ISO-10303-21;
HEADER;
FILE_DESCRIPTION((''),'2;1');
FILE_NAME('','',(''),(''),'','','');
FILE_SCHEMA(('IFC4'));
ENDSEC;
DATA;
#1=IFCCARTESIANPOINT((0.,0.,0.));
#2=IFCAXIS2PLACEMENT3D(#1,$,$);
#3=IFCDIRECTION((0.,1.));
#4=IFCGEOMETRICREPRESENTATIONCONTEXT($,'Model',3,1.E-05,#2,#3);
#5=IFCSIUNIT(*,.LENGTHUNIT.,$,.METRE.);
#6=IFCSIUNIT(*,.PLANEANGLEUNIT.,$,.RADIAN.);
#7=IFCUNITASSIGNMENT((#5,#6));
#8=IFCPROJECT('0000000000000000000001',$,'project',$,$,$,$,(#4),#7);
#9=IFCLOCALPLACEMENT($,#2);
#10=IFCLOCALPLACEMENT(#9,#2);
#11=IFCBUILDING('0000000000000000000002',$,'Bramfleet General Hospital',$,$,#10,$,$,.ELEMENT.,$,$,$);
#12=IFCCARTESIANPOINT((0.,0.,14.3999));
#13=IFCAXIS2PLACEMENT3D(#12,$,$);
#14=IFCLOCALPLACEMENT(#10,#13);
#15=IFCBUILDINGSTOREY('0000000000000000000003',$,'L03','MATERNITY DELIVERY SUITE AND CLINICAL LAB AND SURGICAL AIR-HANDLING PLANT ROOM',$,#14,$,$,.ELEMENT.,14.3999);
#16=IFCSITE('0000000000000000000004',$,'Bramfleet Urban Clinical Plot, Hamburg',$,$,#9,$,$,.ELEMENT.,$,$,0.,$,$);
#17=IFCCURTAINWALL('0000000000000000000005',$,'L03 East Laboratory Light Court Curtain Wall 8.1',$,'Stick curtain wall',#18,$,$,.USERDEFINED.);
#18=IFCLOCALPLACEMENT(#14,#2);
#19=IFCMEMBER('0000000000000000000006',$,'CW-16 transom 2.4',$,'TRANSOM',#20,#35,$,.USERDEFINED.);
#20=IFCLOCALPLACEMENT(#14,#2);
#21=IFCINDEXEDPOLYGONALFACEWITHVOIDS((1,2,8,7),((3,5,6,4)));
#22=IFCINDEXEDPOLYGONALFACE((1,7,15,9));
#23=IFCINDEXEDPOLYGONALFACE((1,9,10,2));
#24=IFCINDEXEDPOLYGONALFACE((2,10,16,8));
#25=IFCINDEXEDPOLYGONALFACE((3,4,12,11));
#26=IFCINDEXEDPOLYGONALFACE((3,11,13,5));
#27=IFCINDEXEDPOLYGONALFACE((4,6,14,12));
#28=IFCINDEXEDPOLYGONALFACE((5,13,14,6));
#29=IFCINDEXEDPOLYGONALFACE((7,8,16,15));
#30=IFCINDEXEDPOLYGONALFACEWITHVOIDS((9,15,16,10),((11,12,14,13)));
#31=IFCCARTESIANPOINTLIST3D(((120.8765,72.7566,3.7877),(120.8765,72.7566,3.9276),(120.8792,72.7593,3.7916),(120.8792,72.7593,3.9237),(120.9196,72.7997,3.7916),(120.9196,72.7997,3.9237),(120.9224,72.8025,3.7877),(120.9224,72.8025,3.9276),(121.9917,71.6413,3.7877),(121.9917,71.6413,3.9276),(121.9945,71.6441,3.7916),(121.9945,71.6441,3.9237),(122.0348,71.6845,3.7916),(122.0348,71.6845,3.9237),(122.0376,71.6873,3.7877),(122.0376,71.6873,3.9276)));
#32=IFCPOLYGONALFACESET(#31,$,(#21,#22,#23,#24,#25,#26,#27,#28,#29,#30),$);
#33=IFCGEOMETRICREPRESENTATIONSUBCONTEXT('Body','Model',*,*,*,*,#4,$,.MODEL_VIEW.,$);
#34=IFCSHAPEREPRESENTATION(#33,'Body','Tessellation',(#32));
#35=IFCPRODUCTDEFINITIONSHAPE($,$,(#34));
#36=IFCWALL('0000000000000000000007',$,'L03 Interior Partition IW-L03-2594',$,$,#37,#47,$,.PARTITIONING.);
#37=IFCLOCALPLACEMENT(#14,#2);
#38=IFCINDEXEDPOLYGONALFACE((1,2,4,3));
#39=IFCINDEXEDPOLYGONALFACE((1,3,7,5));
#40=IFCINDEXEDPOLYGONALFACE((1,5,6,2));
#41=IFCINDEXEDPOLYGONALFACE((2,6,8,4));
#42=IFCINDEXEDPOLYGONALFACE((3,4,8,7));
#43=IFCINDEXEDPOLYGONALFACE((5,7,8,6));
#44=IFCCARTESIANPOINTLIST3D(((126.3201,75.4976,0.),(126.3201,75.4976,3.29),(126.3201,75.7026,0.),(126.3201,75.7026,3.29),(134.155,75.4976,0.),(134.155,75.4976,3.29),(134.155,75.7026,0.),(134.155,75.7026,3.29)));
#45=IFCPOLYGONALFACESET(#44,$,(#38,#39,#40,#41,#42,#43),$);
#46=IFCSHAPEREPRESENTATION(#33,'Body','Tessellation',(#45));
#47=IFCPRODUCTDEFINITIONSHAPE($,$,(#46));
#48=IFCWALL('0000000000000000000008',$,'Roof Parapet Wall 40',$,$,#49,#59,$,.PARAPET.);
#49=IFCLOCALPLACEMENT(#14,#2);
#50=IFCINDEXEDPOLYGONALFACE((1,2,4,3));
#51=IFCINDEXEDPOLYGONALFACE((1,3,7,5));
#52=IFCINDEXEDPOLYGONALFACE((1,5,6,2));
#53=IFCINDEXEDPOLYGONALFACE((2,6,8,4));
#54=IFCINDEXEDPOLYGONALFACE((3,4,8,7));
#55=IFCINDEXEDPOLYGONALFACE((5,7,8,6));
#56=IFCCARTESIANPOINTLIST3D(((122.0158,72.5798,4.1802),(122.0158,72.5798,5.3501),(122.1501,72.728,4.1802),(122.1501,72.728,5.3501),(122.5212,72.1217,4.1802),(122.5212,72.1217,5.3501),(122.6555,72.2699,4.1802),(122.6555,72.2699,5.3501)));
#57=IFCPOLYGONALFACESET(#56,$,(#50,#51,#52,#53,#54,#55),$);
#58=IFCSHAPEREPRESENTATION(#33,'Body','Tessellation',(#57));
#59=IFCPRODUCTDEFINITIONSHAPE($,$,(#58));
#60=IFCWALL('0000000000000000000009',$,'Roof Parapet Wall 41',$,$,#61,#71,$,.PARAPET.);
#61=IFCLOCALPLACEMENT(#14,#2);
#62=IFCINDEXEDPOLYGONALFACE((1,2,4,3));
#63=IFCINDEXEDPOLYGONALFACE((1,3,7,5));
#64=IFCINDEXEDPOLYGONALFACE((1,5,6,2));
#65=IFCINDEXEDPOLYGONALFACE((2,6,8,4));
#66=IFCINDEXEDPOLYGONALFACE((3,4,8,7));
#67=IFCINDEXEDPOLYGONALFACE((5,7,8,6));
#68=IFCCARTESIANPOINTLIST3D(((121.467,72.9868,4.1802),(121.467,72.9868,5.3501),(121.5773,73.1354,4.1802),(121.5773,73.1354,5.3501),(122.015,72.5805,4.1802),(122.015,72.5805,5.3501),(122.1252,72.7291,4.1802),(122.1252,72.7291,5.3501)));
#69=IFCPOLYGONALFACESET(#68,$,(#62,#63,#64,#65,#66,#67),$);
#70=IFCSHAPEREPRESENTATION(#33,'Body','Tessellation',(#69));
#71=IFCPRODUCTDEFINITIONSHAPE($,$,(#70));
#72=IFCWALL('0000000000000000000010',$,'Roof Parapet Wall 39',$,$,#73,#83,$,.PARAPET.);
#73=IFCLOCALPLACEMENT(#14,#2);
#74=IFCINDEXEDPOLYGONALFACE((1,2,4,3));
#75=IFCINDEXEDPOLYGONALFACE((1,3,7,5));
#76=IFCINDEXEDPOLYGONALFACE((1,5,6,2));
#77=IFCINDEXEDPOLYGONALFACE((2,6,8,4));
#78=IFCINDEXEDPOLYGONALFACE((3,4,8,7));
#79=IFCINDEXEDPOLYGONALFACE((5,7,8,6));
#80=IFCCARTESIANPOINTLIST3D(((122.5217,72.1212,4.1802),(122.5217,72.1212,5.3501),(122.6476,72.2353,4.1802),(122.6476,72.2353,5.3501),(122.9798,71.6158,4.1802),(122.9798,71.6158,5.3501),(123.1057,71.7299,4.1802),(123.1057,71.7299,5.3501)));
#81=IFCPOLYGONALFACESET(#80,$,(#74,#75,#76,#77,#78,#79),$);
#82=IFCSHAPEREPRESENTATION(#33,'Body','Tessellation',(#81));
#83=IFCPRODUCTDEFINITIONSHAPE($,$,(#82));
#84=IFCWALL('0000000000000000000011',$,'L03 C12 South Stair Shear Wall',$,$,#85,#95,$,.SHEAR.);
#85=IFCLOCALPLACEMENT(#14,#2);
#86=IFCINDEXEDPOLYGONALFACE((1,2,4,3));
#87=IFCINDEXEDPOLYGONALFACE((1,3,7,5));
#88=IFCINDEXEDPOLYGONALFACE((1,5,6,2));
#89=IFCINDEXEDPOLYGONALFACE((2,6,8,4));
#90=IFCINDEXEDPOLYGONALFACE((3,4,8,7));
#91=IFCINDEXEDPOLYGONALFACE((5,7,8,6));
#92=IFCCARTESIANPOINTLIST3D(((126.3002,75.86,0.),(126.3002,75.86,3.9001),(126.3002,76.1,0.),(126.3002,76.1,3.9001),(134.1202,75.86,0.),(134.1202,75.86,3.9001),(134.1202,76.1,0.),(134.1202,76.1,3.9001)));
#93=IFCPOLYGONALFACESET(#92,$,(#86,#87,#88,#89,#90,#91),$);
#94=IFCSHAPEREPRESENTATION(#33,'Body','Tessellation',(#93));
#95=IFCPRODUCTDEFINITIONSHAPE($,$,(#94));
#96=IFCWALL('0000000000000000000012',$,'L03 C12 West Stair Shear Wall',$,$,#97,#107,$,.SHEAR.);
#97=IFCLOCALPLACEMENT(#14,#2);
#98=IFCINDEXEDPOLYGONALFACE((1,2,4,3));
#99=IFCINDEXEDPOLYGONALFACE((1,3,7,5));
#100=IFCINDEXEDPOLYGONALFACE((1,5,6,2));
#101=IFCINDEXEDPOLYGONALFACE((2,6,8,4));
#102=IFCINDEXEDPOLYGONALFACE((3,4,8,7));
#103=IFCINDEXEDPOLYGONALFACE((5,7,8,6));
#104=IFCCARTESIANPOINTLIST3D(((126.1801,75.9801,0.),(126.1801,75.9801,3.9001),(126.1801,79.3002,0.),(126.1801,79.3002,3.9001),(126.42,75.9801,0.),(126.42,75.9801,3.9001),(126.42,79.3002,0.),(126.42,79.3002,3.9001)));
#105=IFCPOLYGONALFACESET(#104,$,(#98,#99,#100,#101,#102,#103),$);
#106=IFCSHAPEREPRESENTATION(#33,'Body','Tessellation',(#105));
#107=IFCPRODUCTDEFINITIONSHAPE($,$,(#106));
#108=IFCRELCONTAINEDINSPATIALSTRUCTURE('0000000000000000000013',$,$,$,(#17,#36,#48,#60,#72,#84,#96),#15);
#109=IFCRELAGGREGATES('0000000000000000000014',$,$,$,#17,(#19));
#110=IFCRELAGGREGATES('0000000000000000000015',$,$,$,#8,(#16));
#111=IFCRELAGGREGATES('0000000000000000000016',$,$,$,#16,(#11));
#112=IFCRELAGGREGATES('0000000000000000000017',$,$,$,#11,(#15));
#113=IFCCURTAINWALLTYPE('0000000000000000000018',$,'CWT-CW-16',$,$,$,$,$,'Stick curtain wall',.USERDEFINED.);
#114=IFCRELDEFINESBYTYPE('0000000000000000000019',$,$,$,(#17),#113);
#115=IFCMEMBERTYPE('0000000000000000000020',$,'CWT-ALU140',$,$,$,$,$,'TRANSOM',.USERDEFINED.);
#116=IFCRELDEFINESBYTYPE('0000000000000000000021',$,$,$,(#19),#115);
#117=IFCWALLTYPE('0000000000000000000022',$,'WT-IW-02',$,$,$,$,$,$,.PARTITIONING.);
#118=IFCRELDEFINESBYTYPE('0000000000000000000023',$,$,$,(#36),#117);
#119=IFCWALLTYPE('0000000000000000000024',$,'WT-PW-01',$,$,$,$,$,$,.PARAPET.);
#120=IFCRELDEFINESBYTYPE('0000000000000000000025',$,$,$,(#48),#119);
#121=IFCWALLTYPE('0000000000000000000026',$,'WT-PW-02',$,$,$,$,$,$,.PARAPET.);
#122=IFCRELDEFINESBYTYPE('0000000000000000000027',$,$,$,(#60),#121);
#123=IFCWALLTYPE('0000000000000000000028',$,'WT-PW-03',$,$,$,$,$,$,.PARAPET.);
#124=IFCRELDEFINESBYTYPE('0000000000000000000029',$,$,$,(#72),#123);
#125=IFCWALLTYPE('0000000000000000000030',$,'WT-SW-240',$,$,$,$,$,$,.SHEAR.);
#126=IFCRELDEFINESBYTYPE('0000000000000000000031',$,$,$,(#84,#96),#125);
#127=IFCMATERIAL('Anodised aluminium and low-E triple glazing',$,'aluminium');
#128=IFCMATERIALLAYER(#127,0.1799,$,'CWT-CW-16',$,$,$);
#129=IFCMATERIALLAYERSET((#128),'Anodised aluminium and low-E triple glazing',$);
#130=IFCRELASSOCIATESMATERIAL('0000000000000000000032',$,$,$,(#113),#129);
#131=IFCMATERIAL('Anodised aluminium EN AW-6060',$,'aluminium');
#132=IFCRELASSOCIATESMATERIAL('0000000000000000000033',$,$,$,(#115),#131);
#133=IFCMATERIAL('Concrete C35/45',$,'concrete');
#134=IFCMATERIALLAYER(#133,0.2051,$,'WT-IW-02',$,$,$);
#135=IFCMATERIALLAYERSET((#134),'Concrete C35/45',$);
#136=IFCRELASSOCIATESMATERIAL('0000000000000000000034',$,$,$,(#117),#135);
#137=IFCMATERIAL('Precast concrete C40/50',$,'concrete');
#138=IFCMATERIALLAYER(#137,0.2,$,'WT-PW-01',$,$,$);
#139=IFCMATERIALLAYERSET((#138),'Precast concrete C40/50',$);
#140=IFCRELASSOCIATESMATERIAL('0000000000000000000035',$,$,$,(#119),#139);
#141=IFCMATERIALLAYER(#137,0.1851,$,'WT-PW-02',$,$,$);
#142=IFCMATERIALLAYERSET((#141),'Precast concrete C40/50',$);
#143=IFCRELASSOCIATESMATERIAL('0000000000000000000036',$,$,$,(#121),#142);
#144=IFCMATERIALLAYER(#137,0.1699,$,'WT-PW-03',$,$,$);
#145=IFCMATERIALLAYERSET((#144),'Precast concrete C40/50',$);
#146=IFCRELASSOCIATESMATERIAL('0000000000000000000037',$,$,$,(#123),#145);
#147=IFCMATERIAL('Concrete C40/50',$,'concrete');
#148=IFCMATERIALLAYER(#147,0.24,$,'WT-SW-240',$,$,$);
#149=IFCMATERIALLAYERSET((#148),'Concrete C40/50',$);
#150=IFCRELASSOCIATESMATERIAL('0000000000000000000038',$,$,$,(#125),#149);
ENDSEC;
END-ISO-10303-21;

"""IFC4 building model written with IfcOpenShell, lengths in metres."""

from ifc_helpers import new_model, si_unit, direction, frame, frame_2d, origin, origin_2d, place, context, subcontext, project, spatial, rectangle, hollow_rectangle, extrude, material, layer, layer_set, material_profile, profile_set, type_object, element, aggregate, save


model = new_model("IFC4")

# Units and contexts
model_context = context("Model", 3, precision=1e-05, world=origin(), true_north=direction((0.0, 1.0)))
body_context = subcontext(model_context, "Body", "Model", "MODEL_VIEW")
ifc_project = project(units=[si_unit("LENGTHUNIT", "METRE"), si_unit("PLANEANGLEUNIT", "RADIAN")], contexts=[model_context])

# Site, building, storey
site_placement = place(None, origin())
site = spatial("IfcSite", under=ifc_project, at=site_placement, Name="Bramfleet Urban Clinical Plot, Hamburg", CompositionType="ELEMENT", RefElevation=0.0)
building_placement = place(site_placement, origin())
building = spatial("IfcBuilding", under=site, at=building_placement, Name="Bramfleet General Hospital", CompositionType="ELEMENT")
storey_placement = place(building_placement, frame((0.0, 0.0, 14.3999)))
storey = spatial("IfcBuildingStorey", under=building, at=storey_placement, Name="L03", Description="MATERNITY DELIVERY SUITE AND CLINICAL LAB AND SURGICAL AIR-HANDLING PLANT ROOM", CompositionType="ELEMENT", Elevation=14.3999)

# Shared definitions
ifc_material_1 = material(Name="Concrete C40/50", Category="concrete")

# Shared definitions
ifc_material_2 = material(Name="Concrete C35/45", Category="concrete")

# Curtain wall, member
ifc_material_3 = material(Name="Anodised aluminium and low-E triple glazing", Category="aluminium")
ifc_layer_1 = layer(ifc_material_3, 0.1799, Name="CWT-CW-16")
ifc_layer_set_1 = layer_set([ifc_layer_1], Name="Anodised aluminium and low-E triple glazing")
curtain_wall_type = type_object("IfcCurtainWallType", Name="CWT-CW-16", ElementType="Stick curtain wall", PredefinedType="USERDEFINED", material=ifc_layer_set_1)
curtain_wall_placement = place(storey_placement, origin())
curtain_wall = element("IfcCurtainWall", 1, at=curtain_wall_placement, inside=storey, type_object=curtain_wall_type, Name="L03 East Laboratory Light Court Curtain Wall 8.1", ObjectType="Stick curtain wall", PredefinedType="USERDEFINED")
ifc_material_4 = material(Name="Anodised aluminium EN AW-6060", Category="aluminium")
ifc_material_profile_1 = material_profile(ifc_material_4, hollow_rectangle(XDim=0.0649, YDim=0.1399, WallThickness=0.0039, at=origin_2d()), Name="ALU 140x65x4.0")
ifc_profile_set_1 = profile_set([ifc_material_profile_1], Name="Anodised aluminium EN AW-6060")
member_type_1 = type_object("IfcMemberType", Name="CWT-ALU140", ElementType="TRANSOM", PredefinedType="USERDEFINED", material=ifc_profile_set_1)
member_1_placement = place(storey_placement, frame((122.0146, 71.6643, 3.8577), z_axis=(-0.707107, 0.707107, 0.0), x_axis=(-0.707107, -0.707107, 0.0)))
member_1 = element("IfcMember", 2, at=member_1_placement, type_object=member_type_1, Name="CW-16 transom 2.4", ObjectType="TRANSOM", PredefinedType="USERDEFINED", context=body_context, shape_type="SweptSolid", body=[
    extrude(hollow_rectangle(XDim=0.0649, YDim=0.1399, WallThickness=0.0039, at=origin_2d()), origin(), (0.0, 0.0, 1.0), 1.5771),
])
aggregate(curtain_wall, [member_1])

# Walls
ifc_layer_2 = layer(ifc_material_2, 0.2051, Name="WT-IW-02")
ifc_layer_set_2 = layer_set([ifc_layer_2], Name="Concrete C35/45")
wall_type_1 = type_object("IfcWallType", Name="WT-IW-02", PredefinedType="PARTITIONING", material=ifc_layer_set_2)
wall_1_placement = place(storey_placement, frame((126.3201, 75.6001, 0.0), z_axis=(0.0, 0.0, 1.0), x_axis=(1.0, 0.0, 0.0)))
element("IfcWall", 3, at=wall_1_placement, inside=storey, type_object=wall_type_1, Name="L03 Interior Partition IW-L03-2594", PredefinedType="PARTITIONING", context=body_context, shape_type="SweptSolid", body=[
    extrude(rectangle(XDim=7.835, YDim=0.2051, at=frame_2d((3.9175, 0.0))), origin(), (0.0, 0.0, 1.0), 3.29),
])
ifc_material_5 = material(Name="Precast concrete C40/50", Category="concrete")
ifc_layer_3 = layer(ifc_material_5, 0.2, Name="WT-PW-01")
ifc_layer_set_3 = layer_set([ifc_layer_3], Name="Precast concrete C40/50")
wall_type_2 = type_object("IfcWallType", Name="WT-PW-01", PredefinedType="PARAPET", material=ifc_layer_set_3)
wall_2_placement = place(storey_placement, frame((122.5884, 72.1958, 4.1802), z_axis=(0.0, 0.0, 1.0), x_axis=(-0.740976, 0.671532, 0.0)))
element("IfcWall", 4, at=wall_2_placement, inside=storey, type_object=wall_type_2, Name="Roof Parapet Wall 40", PredefinedType="PARAPET", context=body_context, shape_type="SweptSolid", body=[
    extrude(rectangle(XDim=0.6821, YDim=0.2, at=frame_2d((0.3411, 0.0))), origin(), (0.0, 0.0, 1.0), 1.1699),
])
ifc_layer_4 = layer(ifc_material_5, 0.1851, Name="WT-PW-02")
ifc_layer_set_4 = layer_set([ifc_layer_4], Name="Precast concrete C40/50")
wall_type_3 = type_object("IfcWallType", Name="WT-PW-02", PredefinedType="PARAPET", material=ifc_layer_set_4)
wall_3_placement = place(storey_placement, frame((122.0701, 72.6548, 4.1802), z_axis=(0.0, 0.0, 1.0), x_axis=(-0.803253, 0.595638, 0.0)))
element("IfcWall", 5, at=wall_3_placement, inside=storey, type_object=wall_type_3, Name="Roof Parapet Wall 41", PredefinedType="PARAPET", context=body_context, shape_type="SweptSolid", body=[
    extrude(rectangle(XDim=0.6821, YDim=0.1851, at=frame_2d((0.3411, 0.0))), origin(), (0.0, 0.0, 1.0), 1.1699),
])
ifc_layer_5 = layer(ifc_material_5, 0.1699, Name="WT-PW-03")
ifc_layer_set_5 = layer_set([ifc_layer_5], Name="Precast concrete C40/50")
wall_type_4 = type_object("IfcWallType", Name="WT-PW-03", PredefinedType="PARAPET", material=ifc_layer_set_5)
wall_4_placement = place(storey_placement, frame((123.0427, 71.6729, 4.1802), z_axis=(0.0, 0.0, 1.0), x_axis=(-0.671532, 0.740976, 0.0)))
element("IfcWall", 6, at=wall_4_placement, inside=storey, type_object=wall_type_4, Name="Roof Parapet Wall 39", PredefinedType="PARAPET", context=body_context, shape_type="SweptSolid", body=[
    extrude(rectangle(XDim=0.6821, YDim=0.1699, at=frame_2d((0.3411, 0.0))), origin(), (0.0, 0.0, 1.0), 1.1699),
])
ifc_layer_6 = layer(ifc_material_1, 0.24, Name="WT-SW-240")
ifc_layer_set_6 = layer_set([ifc_layer_6], Name="Concrete C40/50")
wall_type_5 = type_object("IfcWallType", Name="WT-SW-240", PredefinedType="SHEAR", material=ifc_layer_set_6)
wall_5_placement = place(storey_placement, frame((126.3, 75.98, 0.0), z_axis=(0.0, 0.0, 1.0), x_axis=(1.0, 0.0, 0.0)))
element("IfcWall", 7, at=wall_5_placement, inside=storey, type_object=wall_type_5, Name="L03 C12 South Stair Shear Wall", PredefinedType="SHEAR", context=body_context, shape_type="SweptSolid", body=[
    extrude(rectangle(XDim=7.8201, YDim=0.24, at=frame_2d((3.9102, 0.0))), origin(), (0.0, 0.0, 1.0), 3.9001),
])
wall_6_placement = place(storey_placement, frame((126.3, 75.98, 0.0), z_axis=(0.0, 0.0, 1.0), x_axis=(0.0, 1.0, 0.0)))
element("IfcWall", 8, at=wall_6_placement, inside=storey, type_object=wall_type_5, Name="L03 C12 West Stair Shear Wall", PredefinedType="SHEAR", context=body_context, shape_type="SweptSolid", body=[
    extrude(rectangle(XDim=3.3201, YDim=0.24, at=frame_2d((1.6602, 0.0))), origin(), (0.0, 0.0, 1.0), 3.9001),
])

save(model, "model.ifc")
